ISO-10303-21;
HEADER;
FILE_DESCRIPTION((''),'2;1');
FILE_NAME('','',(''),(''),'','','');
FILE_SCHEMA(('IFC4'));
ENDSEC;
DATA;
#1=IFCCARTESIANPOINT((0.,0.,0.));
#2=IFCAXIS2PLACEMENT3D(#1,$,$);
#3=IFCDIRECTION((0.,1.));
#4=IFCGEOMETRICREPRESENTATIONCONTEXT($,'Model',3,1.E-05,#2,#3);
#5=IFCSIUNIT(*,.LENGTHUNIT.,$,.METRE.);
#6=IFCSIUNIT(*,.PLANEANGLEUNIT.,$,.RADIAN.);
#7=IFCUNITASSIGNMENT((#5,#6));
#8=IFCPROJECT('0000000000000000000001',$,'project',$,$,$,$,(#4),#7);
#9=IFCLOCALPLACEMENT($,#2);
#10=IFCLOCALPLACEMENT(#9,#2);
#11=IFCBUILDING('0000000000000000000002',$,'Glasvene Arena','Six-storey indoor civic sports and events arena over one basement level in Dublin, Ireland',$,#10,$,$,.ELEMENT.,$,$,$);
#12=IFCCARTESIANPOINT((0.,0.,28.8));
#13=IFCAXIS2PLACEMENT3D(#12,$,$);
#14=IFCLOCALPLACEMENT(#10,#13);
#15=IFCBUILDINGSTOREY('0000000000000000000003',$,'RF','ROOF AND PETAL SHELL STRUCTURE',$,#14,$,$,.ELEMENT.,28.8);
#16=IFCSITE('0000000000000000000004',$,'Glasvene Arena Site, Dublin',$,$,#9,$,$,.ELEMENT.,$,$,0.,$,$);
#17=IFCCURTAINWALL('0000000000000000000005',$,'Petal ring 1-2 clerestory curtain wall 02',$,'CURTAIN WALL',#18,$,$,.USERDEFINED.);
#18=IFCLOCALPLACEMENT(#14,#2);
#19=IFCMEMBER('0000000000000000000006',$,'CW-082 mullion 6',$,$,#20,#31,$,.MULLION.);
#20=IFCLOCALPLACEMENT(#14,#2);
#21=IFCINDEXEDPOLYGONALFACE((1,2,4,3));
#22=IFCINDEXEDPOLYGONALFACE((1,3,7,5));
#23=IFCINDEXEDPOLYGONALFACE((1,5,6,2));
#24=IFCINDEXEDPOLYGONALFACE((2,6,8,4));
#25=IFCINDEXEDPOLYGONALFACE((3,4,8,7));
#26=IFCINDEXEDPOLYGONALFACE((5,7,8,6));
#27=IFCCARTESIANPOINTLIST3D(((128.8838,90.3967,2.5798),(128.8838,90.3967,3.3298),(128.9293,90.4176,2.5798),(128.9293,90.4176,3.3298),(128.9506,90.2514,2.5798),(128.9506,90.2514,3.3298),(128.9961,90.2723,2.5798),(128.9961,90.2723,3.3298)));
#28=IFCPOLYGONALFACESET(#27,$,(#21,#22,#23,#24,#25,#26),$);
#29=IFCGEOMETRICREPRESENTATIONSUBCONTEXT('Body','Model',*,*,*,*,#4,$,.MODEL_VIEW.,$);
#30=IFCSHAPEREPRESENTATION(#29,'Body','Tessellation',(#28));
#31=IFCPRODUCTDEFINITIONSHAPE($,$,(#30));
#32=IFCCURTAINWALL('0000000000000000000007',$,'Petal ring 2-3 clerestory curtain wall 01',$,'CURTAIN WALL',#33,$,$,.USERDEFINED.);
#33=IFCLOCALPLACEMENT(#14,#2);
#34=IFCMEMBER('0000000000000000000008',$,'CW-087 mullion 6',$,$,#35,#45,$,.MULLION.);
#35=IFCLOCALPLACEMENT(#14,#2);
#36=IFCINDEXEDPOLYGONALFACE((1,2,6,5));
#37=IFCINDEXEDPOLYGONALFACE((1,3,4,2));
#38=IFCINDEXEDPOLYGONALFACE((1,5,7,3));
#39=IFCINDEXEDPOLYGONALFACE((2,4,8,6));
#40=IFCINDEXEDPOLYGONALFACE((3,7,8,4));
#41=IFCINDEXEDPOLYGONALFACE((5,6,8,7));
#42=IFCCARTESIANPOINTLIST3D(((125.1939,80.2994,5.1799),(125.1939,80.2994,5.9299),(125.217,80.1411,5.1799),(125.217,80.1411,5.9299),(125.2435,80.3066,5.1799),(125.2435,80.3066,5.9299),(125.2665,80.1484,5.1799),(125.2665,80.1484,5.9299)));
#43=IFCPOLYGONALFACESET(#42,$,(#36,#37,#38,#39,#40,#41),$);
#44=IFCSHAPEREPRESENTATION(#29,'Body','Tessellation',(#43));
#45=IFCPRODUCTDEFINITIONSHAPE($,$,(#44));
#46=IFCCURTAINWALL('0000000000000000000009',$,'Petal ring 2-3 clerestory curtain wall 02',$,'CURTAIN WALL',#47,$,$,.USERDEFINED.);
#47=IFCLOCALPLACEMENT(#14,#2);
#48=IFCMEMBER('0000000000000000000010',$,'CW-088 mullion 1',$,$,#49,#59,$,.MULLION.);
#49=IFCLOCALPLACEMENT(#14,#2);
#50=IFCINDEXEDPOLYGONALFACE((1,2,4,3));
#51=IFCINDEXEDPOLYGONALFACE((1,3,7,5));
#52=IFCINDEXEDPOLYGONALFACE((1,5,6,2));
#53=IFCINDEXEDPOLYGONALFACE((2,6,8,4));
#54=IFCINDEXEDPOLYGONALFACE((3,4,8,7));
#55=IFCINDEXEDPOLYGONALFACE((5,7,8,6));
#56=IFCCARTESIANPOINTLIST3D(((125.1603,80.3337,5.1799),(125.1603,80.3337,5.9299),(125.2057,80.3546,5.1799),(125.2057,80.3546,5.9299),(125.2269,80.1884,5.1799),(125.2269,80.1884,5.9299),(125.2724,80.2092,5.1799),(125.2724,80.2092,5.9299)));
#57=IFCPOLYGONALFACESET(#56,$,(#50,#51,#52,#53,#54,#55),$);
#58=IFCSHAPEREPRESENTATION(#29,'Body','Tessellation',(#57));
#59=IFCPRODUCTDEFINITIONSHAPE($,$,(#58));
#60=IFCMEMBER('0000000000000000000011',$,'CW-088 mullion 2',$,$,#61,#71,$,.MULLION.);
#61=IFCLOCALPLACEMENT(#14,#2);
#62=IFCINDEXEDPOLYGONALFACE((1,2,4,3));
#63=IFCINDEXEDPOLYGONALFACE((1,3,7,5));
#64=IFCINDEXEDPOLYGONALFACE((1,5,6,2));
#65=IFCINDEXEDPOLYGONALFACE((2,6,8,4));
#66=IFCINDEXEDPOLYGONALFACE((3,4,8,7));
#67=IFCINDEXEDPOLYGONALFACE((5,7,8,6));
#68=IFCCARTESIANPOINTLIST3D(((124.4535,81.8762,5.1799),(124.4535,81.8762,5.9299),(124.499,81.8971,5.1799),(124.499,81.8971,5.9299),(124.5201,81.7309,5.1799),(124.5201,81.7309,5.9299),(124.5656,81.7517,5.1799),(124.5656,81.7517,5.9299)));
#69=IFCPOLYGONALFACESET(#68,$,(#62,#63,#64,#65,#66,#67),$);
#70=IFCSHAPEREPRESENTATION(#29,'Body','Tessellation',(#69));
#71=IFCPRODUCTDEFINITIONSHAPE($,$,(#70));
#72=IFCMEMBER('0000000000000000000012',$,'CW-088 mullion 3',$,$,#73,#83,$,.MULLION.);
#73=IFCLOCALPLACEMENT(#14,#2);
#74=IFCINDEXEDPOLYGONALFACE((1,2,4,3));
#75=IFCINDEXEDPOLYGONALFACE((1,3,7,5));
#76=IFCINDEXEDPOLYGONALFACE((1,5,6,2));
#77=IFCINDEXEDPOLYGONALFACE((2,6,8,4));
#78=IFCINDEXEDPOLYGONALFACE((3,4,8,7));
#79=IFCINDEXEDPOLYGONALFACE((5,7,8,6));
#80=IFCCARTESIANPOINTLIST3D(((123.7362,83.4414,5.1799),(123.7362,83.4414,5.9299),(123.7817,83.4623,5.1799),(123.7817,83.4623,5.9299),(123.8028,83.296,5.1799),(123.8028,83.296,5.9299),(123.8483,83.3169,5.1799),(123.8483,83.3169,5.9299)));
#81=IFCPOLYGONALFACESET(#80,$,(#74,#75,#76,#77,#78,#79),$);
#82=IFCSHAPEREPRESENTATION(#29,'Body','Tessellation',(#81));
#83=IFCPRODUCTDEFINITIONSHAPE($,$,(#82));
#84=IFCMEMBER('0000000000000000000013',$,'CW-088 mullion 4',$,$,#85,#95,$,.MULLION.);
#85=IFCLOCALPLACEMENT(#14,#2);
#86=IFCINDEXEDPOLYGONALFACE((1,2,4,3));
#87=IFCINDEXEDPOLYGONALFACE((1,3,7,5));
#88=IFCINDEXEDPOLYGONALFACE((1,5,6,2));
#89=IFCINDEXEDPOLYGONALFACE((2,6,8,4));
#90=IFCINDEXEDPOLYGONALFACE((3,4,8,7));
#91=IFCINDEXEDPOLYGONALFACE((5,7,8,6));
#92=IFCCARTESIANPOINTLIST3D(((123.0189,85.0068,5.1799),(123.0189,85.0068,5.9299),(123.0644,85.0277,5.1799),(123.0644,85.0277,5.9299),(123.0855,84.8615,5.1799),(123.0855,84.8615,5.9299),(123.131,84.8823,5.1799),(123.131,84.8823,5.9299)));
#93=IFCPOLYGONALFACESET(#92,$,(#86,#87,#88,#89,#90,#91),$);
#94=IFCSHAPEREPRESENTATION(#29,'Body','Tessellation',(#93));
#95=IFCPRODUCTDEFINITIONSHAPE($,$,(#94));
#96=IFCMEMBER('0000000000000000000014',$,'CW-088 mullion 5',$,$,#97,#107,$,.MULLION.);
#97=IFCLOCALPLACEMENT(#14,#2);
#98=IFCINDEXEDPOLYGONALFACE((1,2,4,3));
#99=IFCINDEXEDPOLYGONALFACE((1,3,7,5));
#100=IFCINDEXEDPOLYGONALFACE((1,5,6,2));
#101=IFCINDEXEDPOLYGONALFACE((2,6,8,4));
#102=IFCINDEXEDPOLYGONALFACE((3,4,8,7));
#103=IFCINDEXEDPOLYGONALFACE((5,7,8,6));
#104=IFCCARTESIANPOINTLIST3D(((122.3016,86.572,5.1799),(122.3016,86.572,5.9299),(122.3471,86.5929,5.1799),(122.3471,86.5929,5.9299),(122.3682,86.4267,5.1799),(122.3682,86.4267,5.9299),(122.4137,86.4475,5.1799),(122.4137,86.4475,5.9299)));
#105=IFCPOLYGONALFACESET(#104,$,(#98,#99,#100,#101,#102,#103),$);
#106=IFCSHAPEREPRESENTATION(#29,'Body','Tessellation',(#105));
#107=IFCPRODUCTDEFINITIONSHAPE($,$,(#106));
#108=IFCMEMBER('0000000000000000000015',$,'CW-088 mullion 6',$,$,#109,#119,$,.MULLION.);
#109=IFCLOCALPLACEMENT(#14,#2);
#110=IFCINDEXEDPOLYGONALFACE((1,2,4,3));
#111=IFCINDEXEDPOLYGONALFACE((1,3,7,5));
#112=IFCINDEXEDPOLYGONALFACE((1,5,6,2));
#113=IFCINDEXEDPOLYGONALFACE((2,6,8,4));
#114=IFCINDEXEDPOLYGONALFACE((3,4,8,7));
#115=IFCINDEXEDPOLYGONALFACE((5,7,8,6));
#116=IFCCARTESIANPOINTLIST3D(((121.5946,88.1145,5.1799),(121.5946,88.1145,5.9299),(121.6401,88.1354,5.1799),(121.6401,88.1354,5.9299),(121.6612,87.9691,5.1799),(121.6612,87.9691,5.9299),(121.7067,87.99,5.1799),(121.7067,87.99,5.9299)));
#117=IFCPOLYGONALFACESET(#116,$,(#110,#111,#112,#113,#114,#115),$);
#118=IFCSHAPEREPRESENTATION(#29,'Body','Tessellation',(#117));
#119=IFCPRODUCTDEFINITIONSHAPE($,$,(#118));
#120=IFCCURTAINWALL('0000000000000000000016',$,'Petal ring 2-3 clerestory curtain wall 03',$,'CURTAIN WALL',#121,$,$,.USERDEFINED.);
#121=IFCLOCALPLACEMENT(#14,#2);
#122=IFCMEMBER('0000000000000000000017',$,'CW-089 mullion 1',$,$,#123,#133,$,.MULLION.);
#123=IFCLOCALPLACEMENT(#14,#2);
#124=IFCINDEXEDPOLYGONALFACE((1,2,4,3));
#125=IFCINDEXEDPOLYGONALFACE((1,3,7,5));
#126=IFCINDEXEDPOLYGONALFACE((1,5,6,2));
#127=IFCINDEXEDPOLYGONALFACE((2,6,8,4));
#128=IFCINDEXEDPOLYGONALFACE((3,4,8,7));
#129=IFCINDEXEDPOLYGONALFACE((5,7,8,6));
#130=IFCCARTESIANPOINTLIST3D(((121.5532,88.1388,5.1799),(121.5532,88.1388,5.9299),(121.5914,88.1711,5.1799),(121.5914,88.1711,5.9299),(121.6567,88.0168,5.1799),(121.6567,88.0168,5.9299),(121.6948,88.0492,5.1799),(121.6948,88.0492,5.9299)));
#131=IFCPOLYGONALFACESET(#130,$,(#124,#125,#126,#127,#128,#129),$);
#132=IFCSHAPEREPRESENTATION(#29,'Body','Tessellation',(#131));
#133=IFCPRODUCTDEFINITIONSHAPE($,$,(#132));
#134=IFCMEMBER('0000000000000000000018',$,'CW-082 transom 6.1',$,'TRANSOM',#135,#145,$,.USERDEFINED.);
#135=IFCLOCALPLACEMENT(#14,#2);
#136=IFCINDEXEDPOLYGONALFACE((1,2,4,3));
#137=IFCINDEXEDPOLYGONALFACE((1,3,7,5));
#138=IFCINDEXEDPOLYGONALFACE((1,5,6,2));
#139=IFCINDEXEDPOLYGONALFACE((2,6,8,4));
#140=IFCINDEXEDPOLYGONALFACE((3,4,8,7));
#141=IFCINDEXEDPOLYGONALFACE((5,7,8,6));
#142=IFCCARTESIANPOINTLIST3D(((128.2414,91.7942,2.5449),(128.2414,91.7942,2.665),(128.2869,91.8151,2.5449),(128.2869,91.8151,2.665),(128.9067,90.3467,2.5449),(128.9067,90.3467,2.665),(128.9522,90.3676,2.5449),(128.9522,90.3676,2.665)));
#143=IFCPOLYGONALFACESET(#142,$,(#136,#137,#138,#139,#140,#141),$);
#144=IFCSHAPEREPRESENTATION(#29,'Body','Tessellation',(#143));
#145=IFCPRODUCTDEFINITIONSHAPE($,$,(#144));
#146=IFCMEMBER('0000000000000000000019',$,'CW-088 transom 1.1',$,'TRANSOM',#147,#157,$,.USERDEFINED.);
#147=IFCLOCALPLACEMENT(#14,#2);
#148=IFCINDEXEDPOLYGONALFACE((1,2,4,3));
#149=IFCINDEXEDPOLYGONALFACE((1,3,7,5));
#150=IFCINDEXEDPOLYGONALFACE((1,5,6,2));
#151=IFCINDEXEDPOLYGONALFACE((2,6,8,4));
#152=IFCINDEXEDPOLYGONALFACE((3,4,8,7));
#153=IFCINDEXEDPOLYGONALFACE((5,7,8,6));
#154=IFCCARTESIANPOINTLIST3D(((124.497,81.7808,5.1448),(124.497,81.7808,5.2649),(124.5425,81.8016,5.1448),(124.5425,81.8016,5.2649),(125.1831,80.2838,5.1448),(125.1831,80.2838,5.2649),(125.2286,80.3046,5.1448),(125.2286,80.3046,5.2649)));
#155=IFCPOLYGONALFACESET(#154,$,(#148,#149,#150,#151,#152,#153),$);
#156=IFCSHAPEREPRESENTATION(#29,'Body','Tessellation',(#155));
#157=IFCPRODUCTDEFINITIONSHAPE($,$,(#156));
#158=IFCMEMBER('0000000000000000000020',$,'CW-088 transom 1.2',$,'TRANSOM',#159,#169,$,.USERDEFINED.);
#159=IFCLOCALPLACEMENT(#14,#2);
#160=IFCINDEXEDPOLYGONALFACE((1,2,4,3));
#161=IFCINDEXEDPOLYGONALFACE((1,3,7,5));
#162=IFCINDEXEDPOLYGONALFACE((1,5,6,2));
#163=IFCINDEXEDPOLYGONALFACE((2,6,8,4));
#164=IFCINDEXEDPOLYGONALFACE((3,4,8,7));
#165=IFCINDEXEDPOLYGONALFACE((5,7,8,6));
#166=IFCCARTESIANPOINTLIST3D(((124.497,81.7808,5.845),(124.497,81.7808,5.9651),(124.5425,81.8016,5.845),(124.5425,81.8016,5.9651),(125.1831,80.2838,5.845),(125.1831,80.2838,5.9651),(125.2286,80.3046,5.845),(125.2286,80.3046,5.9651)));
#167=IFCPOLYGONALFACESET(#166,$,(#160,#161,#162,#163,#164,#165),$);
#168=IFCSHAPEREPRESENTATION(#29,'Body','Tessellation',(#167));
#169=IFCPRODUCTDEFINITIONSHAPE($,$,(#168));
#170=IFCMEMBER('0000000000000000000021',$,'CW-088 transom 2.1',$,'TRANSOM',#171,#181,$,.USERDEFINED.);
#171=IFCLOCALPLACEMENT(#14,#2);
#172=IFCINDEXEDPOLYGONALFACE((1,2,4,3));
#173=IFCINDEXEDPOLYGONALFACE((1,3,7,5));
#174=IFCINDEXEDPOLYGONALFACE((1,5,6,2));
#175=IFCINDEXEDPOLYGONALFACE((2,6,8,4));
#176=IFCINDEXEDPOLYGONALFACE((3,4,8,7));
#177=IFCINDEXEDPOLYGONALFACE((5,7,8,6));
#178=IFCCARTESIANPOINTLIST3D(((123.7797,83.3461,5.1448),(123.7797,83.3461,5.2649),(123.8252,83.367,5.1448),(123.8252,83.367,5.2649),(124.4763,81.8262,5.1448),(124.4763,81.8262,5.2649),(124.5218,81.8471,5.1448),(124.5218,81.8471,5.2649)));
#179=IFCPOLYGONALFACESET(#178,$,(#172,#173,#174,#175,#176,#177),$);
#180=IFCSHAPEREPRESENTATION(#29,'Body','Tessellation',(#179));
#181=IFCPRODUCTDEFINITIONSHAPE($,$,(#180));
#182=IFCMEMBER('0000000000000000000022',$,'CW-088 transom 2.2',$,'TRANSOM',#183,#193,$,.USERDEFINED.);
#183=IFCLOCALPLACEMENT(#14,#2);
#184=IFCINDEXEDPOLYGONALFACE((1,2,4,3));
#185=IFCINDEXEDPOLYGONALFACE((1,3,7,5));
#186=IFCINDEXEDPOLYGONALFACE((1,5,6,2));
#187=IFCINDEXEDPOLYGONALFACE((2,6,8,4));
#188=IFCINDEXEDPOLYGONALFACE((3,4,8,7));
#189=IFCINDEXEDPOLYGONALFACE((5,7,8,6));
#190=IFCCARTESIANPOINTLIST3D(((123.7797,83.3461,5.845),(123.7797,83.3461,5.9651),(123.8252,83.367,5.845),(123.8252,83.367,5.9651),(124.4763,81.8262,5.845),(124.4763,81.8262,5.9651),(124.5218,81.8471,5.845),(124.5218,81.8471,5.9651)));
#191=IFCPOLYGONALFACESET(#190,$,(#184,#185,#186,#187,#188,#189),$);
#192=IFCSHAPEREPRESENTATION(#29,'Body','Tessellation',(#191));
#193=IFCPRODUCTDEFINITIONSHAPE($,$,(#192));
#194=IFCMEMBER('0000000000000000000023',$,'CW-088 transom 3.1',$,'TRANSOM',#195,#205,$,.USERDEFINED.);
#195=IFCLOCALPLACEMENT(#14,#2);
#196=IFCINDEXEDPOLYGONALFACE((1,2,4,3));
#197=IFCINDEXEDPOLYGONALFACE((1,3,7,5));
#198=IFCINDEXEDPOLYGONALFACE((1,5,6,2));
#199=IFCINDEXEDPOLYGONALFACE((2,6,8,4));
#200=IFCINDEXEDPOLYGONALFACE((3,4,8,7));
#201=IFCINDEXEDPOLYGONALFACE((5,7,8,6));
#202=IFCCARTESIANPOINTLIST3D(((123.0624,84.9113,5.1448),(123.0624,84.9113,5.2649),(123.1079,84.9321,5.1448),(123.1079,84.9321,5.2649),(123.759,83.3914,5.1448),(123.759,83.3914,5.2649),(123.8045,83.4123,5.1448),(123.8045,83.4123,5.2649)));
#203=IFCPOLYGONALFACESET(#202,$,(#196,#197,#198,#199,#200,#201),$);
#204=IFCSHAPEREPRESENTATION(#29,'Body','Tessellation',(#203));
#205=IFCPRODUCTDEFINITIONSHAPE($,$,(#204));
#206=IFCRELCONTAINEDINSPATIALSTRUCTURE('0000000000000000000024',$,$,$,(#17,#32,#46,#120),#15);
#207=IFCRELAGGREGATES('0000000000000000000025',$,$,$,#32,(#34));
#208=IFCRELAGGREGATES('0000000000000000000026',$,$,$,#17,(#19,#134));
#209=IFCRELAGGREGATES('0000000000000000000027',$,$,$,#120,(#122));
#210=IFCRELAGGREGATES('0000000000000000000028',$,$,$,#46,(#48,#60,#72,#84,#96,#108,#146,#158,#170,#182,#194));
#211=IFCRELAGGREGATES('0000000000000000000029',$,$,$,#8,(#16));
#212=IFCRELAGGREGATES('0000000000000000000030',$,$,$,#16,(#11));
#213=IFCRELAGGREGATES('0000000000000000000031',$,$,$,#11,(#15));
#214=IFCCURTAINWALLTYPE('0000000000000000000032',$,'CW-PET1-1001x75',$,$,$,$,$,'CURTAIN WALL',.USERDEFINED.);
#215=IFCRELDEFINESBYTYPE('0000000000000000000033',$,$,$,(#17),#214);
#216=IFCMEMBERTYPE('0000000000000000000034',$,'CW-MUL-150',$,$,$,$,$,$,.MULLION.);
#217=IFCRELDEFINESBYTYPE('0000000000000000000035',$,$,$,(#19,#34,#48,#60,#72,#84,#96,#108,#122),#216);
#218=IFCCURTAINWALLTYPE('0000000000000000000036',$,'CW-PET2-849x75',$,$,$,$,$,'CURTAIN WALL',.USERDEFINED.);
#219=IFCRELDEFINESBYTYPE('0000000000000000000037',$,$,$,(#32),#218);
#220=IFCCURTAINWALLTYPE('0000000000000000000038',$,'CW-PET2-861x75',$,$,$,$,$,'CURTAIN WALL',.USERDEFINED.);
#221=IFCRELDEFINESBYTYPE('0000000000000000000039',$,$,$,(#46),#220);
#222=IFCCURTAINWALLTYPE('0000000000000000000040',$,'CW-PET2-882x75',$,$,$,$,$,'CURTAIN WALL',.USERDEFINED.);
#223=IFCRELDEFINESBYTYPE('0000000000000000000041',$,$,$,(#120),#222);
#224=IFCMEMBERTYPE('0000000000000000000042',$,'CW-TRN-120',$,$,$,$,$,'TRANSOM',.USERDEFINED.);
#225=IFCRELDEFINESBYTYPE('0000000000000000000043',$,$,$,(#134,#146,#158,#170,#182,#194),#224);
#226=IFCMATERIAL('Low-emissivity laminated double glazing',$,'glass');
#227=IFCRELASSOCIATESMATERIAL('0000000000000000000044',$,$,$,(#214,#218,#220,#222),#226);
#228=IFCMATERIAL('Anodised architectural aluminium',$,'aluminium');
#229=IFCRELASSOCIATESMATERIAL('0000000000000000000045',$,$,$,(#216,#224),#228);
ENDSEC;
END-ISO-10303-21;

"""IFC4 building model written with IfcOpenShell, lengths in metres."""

from ifc_helpers import new_model, si_unit, direction, frame, origin, origin_2d, place, context, subcontext, project, spatial, rectangle, extrude, material, material_profile, profile_set, type_object, element, aggregate, save


model = new_model("IFC4")

# Units and contexts
model_context = context("Model", 3, precision=1e-05, world=origin(), true_north=direction((0.0, 1.0)))
body_context = subcontext(model_context, "Body", "Model", "MODEL_VIEW")
ifc_project = project(units=[si_unit("LENGTHUNIT", "METRE"), si_unit("PLANEANGLEUNIT", "RADIAN")], contexts=[model_context])

# Site, building, storey
site_placement = place(None, origin())
site = spatial("IfcSite", under=ifc_project, at=site_placement, Name="Glasvene Arena Site, Dublin", CompositionType="ELEMENT", RefElevation=0.0)
building_placement = place(site_placement, origin())
building = spatial("IfcBuilding", under=site, at=building_placement, Name="Glasvene Arena", Description="Six-storey indoor civic sports and events arena over one basement level in Dublin, Ireland", CompositionType="ELEMENT")
storey_placement = place(building_placement, frame((0.0, 0.0, 28.8)))
storey = spatial("IfcBuildingStorey", under=building, at=storey_placement, Name="RF", Description="ROOF AND PETAL SHELL STRUCTURE", CompositionType="ELEMENT", Elevation=28.8)

# Curtain walls, members
ifc_material_1 = material(Name="Low-emissivity laminated double glazing", Category="glass")
curtain_wall_type_1 = type_object("IfcCurtainWallType", Name="CW-PET1-1001x75", ElementType="CURTAIN WALL", PredefinedType="USERDEFINED", material=ifc_material_1)
curtain_wall_1_placement = place(storey_placement, frame((132.4241, 82.7576, 0.0)))
curtain_wall_1 = element("IfcCurtainWall", 1, at=curtain_wall_1_placement, inside=storey, type_object=curtain_wall_type_1, Name="Petal ring 1-2 clerestory curtain wall 02", ObjectType="CURTAIN WALL", PredefinedType="USERDEFINED")
ifc_material_2 = material(Name="Anodised architectural aluminium", Category="aluminium")
ifc_material_profile_1 = material_profile(ifc_material_2, rectangle(XDim=0.05, YDim=0.1599, at=origin_2d()), Name="ALU MULLION 50x160")
ifc_profile_set_1 = profile_set([ifc_material_profile_1], Name="Anodised architectural aluminium")
member_type_1 = type_object("IfcMemberType", Name="CW-MUL-150", PredefinedType="MULLION", material=ifc_profile_set_1)
member_1_placement = place(storey_placement, frame((128.9399, 90.3345, 2.5798), z_axis=(0.0, 0.0, 1.0), x_axis=(-0.908557, -0.417761, 0.0)))
member_1 = element("IfcMember", 2, at=member_1_placement, type_object=member_type_1, Name="CW-082 mullion 6", PredefinedType="MULLION", context=body_context, shape_type="SweptSolid", body=[
    extrude(rectangle(XDim=0.05, YDim=0.1599, at=origin_2d()), origin(), (0.0, 0.0, 1.0), 0.75),
])
curtain_wall_type_2 = type_object("IfcCurtainWallType", Name="CW-PET2-849x75", ElementType="CURTAIN WALL", PredefinedType="USERDEFINED", material=ifc_material_1)
curtain_wall_2_placement = place(storey_placement, frame((126.45, 71.8501, 0.0)))
curtain_wall_2 = element("IfcCurtainWall", 3, at=curtain_wall_2_placement, inside=storey, type_object=curtain_wall_type_2, Name="Petal ring 2-3 clerestory curtain wall 01", ObjectType="CURTAIN WALL", PredefinedType="USERDEFINED")
member_2_placement = place(storey_placement, frame((125.2302, 80.2239, 5.1799), z_axis=(0.0, 0.0, 1.0), x_axis=(-0.989558, -0.144133, 0.0)))
member_2 = element("IfcMember", 4, at=member_2_placement, type_object=member_type_1, Name="CW-087 mullion 6", PredefinedType="MULLION", context=body_context, shape_type="SweptSolid", body=[
    extrude(rectangle(XDim=0.05, YDim=0.1599, at=origin_2d()), origin(), (0.0, 0.0, 1.0), 0.75),
])
aggregate(curtain_wall_2, [member_2])

# Curtain wall, members
curtain_wall_type_3 = type_object("IfcCurtainWallType", Name="CW-PET2-861x75", ElementType="CURTAIN WALL", PredefinedType="USERDEFINED", material=ifc_material_1)
curtain_wall_3_placement = place(storey_placement, frame((125.2268, 80.2488, 0.0)))
curtain_wall_3 = element("IfcCurtainWall", 5, at=curtain_wall_3_placement, inside=storey, type_object=curtain_wall_type_3, Name="Petal ring 2-3 clerestory curtain wall 02", ObjectType="CURTAIN WALL", PredefinedType="USERDEFINED")
member_3_placement = place(storey_placement, frame((125.2163, 80.2715, 5.1799), z_axis=(0.0, 0.0, 1.0), x_axis=(-0.909094, -0.416592, 0.0)))
member_3 = element("IfcMember", 6, at=member_3_placement, type_object=member_type_1, Name="CW-088 mullion 1", PredefinedType="MULLION", context=body_context, shape_type="SweptSolid", body=[
    extrude(rectangle(XDim=0.05, YDim=0.1599, at=origin_2d()), origin(), (0.0, 0.0, 1.0), 0.75),
])
member_4_placement = place(storey_placement, frame((124.5095, 81.814, 5.1799), z_axis=(0.0, 0.0, 1.0), x_axis=(-0.909094, -0.416592, 0.0)))
member_4 = element("IfcMember", 7, at=member_4_placement, type_object=member_type_1, Name="CW-088 mullion 2", PredefinedType="MULLION", context=body_context, shape_type="SweptSolid", body=[
    extrude(rectangle(XDim=0.05, YDim=0.1599, at=origin_2d()), origin(), (0.0, 0.0, 1.0), 0.75),
])
member_5_placement = place(storey_placement, frame((123.7922, 83.3792, 5.1799), z_axis=(0.0, 0.0, 1.0), x_axis=(-0.909094, -0.416592, 0.0)))
member_5 = element("IfcMember", 8, at=member_5_placement, type_object=member_type_1, Name="CW-088 mullion 3", PredefinedType="MULLION", context=body_context, shape_type="SweptSolid", body=[
    extrude(rectangle(XDim=0.05, YDim=0.1599, at=origin_2d()), origin(), (0.0, 0.0, 1.0), 0.75),
])
member_6_placement = place(storey_placement, frame((123.075, 84.9446, 5.1799), z_axis=(0.0, 0.0, 1.0), x_axis=(-0.909094, -0.416592, 0.0)))
member_6 = element("IfcMember", 9, at=member_6_placement, type_object=member_type_1, Name="CW-088 mullion 4", PredefinedType="MULLION", context=body_context, shape_type="SweptSolid", body=[
    extrude(rectangle(XDim=0.05, YDim=0.1599, at=origin_2d()), origin(), (0.0, 0.0, 1.0), 0.75),
])
member_7_placement = place(storey_placement, frame((122.3577, 86.5098, 5.1799), z_axis=(0.0, 0.0, 1.0), x_axis=(-0.909094, -0.416592, 0.0)))
member_7 = element("IfcMember", 10, at=member_7_placement, type_object=member_type_1, Name="CW-088 mullion 5", PredefinedType="MULLION", context=body_context, shape_type="SweptSolid", body=[
    extrude(rectangle(XDim=0.05, YDim=0.1599, at=origin_2d()), origin(), (0.0, 0.0, 1.0), 0.75),
])
member_8_placement = place(storey_placement, frame((121.6506, 88.0522, 5.1799), z_axis=(0.0, 0.0, 1.0), x_axis=(-0.909094, -0.416592, 0.0)))
member_8 = element("IfcMember", 11, at=member_8_placement, type_object=member_type_1, Name="CW-088 mullion 6", PredefinedType="MULLION", context=body_context, shape_type="SweptSolid", body=[
    extrude(rectangle(XDim=0.05, YDim=0.1599, at=origin_2d()), origin(), (0.0, 0.0, 1.0), 0.75),
])

# Curtain wall, member
curtain_wall_type_4 = type_object("IfcCurtainWallType", Name="CW-PET2-882x75", ElementType="CURTAIN WALL", PredefinedType="USERDEFINED", material=ifc_material_1)
curtain_wall_4_placement = place(storey_placement, frame((121.6404, 88.075, 0.0)))
curtain_wall_4 = element("IfcCurtainWall", 12, at=curtain_wall_4_placement, inside=storey, type_object=curtain_wall_type_4, Name="Petal ring 2-3 clerestory curtain wall 03", ObjectType="CURTAIN WALL", PredefinedType="USERDEFINED")
member_9_placement = place(storey_placement, frame((121.624, 88.094, 5.1799), z_axis=(0.0, 0.0, 1.0), x_axis=(-0.762348, -0.647167, 0.0)))
member_9 = element("IfcMember", 13, at=member_9_placement, type_object=member_type_1, Name="CW-089 mullion 1", PredefinedType="MULLION", context=body_context, shape_type="SweptSolid", body=[
    extrude(rectangle(XDim=0.05, YDim=0.1599, at=origin_2d()), origin(), (0.0, 0.0, 1.0), 0.75),
])

# Members
ifc_material_profile_2 = material_profile(ifc_material_2, rectangle(XDim=0.05, YDim=0.1201, at=origin_2d()), Name="ALU TRANSOM 50x120")
ifc_profile_set_2 = profile_set([ifc_material_profile_2], Name="Anodised architectural aluminium")
member_type_2 = type_object("IfcMemberType", Name="CW-TRN-120", ElementType="TRANSOM", PredefinedType="USERDEFINED", material=ifc_profile_set_2)
member_10_placement = place(storey_placement, frame((128.9294, 90.3572, 2.605), z_axis=(-0.41761, 0.908627, 0.0), x_axis=(-0.908627, -0.41761, 0.0)))
member_10 = element("IfcMember", 14, at=member_10_placement, type_object=member_type_2, Name="CW-082 transom 6.1", ObjectType="TRANSOM", PredefinedType="USERDEFINED", context=body_context, shape_type="SweptSolid", body=[
    extrude(rectangle(XDim=0.05, YDim=0.1201, at=origin_2d()), origin(), (0.0, 0.0, 1.0), 1.593),
])
aggregate(curtain_wall_1, [member_1, member_10])
member_11_placement = place(storey_placement, frame((125.2058, 80.2942, 5.2048), z_axis=(-0.416593, 0.909093, 0.0), x_axis=(-0.909093, -0.416593, 0.0)))
member_11 = element("IfcMember", 15, at=member_11_placement, type_object=member_type_2, Name="CW-088 transom 1.1", ObjectType="TRANSOM", PredefinedType="USERDEFINED", context=body_context, shape_type="SweptSolid", body=[
    extrude(rectangle(XDim=0.05, YDim=0.1201, at=origin_2d()), origin(), (0.0, 0.0, 1.0), 1.6467),
])
member_12_placement = place(storey_placement, frame((125.2058, 80.2942, 5.905), z_axis=(-0.416593, 0.909093, 0.0), x_axis=(-0.909093, -0.416593, 0.0)))
member_12 = element("IfcMember", 16, at=member_12_placement, type_object=member_type_2, Name="CW-088 transom 1.2", ObjectType="TRANSOM", PredefinedType="USERDEFINED", context=body_context, shape_type="SweptSolid", body=[
    extrude(rectangle(XDim=0.05, YDim=0.1201, at=origin_2d()), origin(), (0.0, 0.0, 1.0), 1.6467),
])
member_13_placement = place(storey_placement, frame((124.499, 81.8367, 5.2048), z_axis=(-0.41664, 0.909072, 0.0), x_axis=(-0.909072, -0.41664, 0.0)))
member_13 = element("IfcMember", 17, at=member_13_placement, type_object=member_type_2, Name="CW-088 transom 2.1", ObjectType="TRANSOM", PredefinedType="USERDEFINED", context=body_context, shape_type="SweptSolid", body=[
    extrude(rectangle(XDim=0.05, YDim=0.1201, at=origin_2d()), origin(), (0.0, 0.0, 1.0), 1.6719),
])
member_14_placement = place(storey_placement, frame((124.499, 81.8367, 5.905), z_axis=(-0.41664, 0.909072, 0.0), x_axis=(-0.909072, -0.41664, 0.0)))
member_14 = element("IfcMember", 18, at=member_14_placement, type_object=member_type_2, Name="CW-088 transom 2.2", ObjectType="TRANSOM", PredefinedType="USERDEFINED", context=body_context, shape_type="SweptSolid", body=[
    extrude(rectangle(XDim=0.05, YDim=0.1201, at=origin_2d()), origin(), (0.0, 0.0, 1.0), 1.6719),
])
member_15_placement = place(storey_placement, frame((123.7817, 83.4019, 5.2048), z_axis=(-0.41664, 0.909072, 0.0), x_axis=(-0.909072, -0.41664, 0.0)))
member_15 = element("IfcMember", 19, at=member_15_placement, type_object=member_type_2, Name="CW-088 transom 3.1", ObjectType="TRANSOM", PredefinedType="USERDEFINED", context=body_context, shape_type="SweptSolid", body=[
    extrude(rectangle(XDim=0.05, YDim=0.1201, at=origin_2d()), origin(), (0.0, 0.0, 1.0), 1.6719),
])
aggregate(curtain_wall_4, [member_9])

aggregate(curtain_wall_3, [member_3, member_4, member_5, member_6, member_7, member_8, member_11, member_12, member_13, member_14, member_15])

save(model, "model.ifc")
